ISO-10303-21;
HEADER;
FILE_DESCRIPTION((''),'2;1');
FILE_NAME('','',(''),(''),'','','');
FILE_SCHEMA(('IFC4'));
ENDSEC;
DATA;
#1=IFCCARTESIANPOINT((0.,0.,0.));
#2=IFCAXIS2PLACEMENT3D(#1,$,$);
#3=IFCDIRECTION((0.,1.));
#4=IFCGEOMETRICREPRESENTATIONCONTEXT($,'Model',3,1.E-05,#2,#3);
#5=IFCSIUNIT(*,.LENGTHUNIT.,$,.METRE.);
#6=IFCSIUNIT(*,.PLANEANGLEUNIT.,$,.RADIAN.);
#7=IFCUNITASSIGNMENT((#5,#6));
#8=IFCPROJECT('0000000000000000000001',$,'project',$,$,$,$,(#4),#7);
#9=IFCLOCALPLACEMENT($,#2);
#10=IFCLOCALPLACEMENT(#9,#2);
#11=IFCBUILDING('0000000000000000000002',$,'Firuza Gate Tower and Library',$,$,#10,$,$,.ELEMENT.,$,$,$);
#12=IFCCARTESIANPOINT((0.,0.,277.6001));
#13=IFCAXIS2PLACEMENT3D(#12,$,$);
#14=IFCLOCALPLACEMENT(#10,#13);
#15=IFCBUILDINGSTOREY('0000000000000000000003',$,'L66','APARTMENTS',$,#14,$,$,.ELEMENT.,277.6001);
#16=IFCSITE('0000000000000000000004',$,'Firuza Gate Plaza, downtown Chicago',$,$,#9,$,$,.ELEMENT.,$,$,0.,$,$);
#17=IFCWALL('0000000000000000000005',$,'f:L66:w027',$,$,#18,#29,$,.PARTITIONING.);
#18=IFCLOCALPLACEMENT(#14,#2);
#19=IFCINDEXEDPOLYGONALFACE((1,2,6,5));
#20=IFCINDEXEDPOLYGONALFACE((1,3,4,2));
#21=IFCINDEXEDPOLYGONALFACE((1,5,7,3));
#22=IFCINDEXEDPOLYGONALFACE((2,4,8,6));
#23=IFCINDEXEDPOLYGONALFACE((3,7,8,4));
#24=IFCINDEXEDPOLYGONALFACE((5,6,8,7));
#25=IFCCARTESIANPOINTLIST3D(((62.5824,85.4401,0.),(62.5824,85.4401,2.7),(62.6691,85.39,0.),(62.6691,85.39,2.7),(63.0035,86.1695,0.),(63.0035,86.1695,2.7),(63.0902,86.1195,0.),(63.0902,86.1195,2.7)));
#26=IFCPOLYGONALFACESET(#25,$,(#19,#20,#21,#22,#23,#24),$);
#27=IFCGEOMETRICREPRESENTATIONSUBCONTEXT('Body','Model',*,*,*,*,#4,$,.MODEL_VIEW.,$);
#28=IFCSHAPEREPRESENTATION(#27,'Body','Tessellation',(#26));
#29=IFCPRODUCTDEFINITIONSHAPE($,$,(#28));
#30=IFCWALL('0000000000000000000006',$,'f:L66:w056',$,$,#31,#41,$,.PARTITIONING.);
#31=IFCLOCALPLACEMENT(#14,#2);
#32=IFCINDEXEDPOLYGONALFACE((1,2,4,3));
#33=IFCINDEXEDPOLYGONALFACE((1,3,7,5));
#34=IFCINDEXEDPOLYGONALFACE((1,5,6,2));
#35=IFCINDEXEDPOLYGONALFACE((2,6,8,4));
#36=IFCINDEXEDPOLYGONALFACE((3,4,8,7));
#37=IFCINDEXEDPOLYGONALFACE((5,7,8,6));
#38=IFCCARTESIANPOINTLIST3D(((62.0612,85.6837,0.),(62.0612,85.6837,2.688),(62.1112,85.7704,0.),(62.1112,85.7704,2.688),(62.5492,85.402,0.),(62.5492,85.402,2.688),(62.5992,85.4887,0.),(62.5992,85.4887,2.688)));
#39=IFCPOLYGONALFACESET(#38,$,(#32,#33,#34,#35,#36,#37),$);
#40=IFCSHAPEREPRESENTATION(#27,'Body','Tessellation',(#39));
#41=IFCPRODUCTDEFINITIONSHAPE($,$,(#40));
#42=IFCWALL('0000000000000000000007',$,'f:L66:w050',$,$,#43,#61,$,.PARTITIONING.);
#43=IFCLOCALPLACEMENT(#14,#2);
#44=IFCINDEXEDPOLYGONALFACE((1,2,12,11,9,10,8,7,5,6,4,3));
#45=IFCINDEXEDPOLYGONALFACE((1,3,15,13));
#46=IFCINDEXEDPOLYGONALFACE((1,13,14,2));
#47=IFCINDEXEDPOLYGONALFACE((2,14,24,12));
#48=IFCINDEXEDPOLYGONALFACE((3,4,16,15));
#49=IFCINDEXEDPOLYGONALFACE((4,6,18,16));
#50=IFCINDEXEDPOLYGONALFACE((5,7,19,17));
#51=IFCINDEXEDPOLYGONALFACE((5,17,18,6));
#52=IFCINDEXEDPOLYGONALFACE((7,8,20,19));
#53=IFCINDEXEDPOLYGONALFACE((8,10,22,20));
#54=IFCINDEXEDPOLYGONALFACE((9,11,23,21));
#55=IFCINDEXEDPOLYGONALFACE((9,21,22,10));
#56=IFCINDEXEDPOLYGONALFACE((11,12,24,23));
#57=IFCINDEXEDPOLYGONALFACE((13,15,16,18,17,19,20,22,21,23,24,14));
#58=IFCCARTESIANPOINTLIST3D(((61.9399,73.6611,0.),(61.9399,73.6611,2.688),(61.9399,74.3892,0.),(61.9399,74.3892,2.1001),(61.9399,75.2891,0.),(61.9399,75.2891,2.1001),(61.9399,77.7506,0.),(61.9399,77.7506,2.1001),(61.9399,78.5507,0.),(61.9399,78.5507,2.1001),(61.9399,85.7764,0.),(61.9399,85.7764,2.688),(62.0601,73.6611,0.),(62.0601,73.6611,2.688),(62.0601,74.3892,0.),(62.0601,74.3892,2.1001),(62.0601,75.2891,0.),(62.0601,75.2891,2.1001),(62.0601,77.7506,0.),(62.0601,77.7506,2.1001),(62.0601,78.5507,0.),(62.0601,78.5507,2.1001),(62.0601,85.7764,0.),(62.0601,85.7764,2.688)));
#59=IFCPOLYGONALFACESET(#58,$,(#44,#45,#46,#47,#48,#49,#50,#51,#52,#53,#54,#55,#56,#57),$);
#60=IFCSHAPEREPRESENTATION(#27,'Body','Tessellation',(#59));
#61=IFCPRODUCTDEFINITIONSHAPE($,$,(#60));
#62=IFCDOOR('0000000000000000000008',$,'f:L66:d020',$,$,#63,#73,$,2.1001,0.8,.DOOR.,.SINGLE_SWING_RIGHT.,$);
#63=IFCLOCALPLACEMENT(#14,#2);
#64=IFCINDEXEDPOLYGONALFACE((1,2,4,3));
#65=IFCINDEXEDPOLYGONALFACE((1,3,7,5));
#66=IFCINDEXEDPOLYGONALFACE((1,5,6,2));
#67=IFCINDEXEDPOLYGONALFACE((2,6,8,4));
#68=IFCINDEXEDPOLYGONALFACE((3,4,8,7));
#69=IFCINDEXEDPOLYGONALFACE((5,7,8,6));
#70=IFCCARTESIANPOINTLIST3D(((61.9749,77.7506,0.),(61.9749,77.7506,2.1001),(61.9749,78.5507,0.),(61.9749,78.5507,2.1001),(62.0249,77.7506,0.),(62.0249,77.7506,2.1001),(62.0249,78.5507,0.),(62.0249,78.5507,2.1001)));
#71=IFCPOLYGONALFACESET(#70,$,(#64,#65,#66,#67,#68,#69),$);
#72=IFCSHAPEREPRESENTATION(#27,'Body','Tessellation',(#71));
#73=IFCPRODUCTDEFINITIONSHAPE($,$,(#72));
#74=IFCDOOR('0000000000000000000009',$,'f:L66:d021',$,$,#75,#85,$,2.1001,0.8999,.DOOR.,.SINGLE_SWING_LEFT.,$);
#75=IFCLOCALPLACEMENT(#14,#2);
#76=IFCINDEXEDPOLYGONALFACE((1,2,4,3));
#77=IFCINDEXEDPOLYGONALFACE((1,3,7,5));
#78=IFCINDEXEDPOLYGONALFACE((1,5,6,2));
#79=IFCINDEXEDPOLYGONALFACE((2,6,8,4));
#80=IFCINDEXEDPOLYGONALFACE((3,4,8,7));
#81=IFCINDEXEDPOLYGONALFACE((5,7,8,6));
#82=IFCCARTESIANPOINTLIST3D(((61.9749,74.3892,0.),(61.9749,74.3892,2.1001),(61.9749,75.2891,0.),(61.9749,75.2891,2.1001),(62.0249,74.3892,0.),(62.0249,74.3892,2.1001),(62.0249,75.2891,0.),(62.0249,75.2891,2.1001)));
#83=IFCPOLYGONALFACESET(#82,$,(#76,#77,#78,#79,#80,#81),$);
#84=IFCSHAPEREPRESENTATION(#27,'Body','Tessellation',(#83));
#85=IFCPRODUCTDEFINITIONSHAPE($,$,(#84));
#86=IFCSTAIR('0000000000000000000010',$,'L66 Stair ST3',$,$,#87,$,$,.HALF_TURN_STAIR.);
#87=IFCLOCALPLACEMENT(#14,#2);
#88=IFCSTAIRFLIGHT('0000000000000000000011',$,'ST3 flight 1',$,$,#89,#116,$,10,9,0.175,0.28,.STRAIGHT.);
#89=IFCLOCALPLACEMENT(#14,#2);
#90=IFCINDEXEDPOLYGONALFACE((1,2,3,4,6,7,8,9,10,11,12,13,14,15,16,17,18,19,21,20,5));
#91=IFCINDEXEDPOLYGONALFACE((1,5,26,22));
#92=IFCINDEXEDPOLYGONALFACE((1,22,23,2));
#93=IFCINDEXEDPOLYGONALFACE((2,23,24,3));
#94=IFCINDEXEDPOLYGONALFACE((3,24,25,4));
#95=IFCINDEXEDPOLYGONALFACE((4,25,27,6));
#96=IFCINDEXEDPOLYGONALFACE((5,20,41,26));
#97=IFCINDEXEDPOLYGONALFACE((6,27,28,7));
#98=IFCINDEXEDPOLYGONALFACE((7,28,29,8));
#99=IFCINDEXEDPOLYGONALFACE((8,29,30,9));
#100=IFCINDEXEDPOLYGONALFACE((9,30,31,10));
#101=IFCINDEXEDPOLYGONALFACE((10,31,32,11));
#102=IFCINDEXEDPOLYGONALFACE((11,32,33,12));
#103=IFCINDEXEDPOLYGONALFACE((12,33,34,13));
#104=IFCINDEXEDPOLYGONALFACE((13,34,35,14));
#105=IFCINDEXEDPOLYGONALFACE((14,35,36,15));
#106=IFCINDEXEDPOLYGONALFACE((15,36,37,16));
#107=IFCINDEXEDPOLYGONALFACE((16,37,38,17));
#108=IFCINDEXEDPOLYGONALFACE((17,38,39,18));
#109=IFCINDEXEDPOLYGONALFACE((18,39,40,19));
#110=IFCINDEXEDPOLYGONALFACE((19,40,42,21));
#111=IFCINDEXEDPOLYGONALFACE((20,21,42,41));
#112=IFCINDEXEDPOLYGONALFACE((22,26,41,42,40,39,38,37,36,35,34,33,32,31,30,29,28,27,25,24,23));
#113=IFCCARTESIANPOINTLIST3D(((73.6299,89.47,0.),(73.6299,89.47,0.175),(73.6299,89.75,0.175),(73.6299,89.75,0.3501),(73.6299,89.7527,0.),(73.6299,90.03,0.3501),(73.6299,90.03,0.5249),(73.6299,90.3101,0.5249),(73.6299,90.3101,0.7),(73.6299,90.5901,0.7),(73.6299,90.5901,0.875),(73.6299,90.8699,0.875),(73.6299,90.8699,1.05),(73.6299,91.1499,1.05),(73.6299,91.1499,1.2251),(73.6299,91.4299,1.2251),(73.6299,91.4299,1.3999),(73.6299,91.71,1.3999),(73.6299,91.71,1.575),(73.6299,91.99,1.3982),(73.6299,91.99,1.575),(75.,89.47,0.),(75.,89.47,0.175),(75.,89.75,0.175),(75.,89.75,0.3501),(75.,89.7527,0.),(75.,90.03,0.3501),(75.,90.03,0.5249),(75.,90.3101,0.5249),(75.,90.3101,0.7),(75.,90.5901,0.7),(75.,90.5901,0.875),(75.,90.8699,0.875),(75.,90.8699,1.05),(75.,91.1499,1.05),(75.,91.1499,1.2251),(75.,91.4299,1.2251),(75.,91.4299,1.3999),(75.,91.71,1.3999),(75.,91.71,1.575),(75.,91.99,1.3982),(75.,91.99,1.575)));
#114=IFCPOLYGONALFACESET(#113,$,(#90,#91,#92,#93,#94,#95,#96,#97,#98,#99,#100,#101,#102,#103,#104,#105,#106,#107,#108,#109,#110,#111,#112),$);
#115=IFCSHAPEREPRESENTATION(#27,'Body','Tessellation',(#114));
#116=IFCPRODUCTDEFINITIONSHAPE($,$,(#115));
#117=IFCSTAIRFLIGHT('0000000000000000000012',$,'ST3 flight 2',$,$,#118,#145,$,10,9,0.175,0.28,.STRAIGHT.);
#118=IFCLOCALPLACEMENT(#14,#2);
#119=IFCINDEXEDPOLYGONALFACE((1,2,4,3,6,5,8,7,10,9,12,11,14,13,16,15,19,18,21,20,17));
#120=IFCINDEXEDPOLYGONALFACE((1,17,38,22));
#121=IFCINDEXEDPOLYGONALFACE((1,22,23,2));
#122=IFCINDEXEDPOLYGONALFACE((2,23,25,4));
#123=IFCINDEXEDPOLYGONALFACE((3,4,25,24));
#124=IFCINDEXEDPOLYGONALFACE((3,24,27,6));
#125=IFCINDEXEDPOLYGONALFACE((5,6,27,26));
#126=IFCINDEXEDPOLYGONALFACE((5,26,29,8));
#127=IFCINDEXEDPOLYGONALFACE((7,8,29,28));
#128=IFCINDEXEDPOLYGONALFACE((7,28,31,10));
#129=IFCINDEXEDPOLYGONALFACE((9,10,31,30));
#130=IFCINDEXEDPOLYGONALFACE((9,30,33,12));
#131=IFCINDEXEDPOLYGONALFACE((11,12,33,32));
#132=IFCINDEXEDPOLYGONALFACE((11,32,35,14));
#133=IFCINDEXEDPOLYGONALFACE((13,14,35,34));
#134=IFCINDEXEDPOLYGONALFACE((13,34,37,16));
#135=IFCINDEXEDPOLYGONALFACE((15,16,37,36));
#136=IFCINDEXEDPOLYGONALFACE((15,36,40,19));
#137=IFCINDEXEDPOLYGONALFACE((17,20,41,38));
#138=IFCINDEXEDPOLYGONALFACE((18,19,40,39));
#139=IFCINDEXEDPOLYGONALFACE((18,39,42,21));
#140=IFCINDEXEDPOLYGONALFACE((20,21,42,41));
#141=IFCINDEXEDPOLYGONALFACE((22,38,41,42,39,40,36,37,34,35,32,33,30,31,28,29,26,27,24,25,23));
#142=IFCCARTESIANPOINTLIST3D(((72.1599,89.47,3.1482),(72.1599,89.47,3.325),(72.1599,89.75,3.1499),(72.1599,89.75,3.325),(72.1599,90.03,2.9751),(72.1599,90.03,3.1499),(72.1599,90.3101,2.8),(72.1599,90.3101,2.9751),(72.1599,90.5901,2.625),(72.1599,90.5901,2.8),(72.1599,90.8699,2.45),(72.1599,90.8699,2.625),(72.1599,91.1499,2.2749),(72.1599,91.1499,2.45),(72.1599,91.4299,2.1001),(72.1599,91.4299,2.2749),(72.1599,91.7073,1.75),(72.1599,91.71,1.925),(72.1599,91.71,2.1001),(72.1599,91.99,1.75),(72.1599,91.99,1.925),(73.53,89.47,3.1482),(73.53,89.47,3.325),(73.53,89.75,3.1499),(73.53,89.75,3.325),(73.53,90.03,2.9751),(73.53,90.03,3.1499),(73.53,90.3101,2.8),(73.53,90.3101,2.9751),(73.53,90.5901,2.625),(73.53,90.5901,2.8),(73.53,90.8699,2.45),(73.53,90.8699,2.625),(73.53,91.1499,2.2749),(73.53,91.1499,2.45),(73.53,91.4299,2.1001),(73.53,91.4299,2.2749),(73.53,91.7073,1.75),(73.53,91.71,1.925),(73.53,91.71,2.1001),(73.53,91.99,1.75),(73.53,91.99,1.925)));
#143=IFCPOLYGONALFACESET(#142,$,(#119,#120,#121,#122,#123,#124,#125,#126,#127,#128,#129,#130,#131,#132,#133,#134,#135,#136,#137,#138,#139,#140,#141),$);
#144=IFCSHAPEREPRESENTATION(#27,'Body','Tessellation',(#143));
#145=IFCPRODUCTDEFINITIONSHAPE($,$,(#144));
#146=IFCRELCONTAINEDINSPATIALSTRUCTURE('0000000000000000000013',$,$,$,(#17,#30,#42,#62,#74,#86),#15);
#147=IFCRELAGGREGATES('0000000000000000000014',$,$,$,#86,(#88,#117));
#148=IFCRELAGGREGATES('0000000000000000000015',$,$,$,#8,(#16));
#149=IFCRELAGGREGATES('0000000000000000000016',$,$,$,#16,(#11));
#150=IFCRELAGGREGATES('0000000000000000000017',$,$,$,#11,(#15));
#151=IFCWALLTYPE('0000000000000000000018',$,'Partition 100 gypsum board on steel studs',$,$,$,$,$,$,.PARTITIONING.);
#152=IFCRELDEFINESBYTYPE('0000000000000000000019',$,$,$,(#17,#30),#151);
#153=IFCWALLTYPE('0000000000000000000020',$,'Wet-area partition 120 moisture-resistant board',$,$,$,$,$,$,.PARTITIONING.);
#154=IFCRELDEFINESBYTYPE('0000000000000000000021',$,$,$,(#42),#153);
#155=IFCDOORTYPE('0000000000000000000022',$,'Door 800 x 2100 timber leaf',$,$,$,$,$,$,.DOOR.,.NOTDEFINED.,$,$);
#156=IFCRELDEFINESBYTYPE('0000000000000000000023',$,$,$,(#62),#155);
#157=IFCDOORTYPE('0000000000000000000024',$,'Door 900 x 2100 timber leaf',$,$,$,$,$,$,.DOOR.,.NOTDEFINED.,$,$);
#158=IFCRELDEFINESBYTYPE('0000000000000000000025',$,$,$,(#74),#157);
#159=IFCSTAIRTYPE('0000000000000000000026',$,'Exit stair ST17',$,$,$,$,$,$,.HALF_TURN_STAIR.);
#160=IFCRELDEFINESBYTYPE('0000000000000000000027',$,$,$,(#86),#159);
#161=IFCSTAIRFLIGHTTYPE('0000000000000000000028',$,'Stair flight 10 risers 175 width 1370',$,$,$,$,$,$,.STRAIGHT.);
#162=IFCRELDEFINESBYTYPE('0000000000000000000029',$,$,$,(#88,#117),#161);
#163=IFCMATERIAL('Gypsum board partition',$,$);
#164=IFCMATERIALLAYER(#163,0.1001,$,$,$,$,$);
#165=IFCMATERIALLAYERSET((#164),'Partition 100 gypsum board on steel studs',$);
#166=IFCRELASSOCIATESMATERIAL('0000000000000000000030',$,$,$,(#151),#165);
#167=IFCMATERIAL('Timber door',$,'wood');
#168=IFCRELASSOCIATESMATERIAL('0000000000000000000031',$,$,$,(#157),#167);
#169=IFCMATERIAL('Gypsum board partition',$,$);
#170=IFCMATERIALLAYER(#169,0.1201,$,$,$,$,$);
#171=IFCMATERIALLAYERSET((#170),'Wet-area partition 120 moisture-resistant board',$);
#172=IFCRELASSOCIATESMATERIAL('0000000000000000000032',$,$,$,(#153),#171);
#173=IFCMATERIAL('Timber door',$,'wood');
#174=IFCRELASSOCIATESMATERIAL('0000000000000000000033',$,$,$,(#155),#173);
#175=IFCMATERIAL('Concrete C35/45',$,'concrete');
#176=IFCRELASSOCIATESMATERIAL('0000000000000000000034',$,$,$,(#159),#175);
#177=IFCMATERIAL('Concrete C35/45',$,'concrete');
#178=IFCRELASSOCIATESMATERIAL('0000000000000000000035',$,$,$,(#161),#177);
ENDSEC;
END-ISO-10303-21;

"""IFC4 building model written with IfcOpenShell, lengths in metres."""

from ifc_helpers import new_model, si_unit, direction, frame, frame_2d, origin, place, context, subcontext, project, spatial, polyline, rectangle, outline, extrude, material, layer, layer_set, type_object, element, fill, aggregate, save


model = new_model("IFC4")

# Units and contexts
model_context = context("Model", 3, precision=1e-05, world=origin(), true_north=direction((0.0, 1.0)))
body_context = subcontext(model_context, "Body", "Model", "MODEL_VIEW")
ifc_project = project(units=[si_unit("LENGTHUNIT", "METRE"), si_unit("PLANEANGLEUNIT", "RADIAN")], contexts=[model_context])

# Site, building, storey
site_placement = place(None, origin())
site = spatial("IfcSite", under=ifc_project, at=site_placement, Name="Firuza Gate Plaza, downtown Chicago", CompositionType="ELEMENT", RefElevation=0.0)
building_placement = place(site_placement, origin())
building = spatial("IfcBuilding", under=site, at=building_placement, Name="Firuza Gate Tower and Library", CompositionType="ELEMENT")
storey_placement = place(building_placement, frame((0.0, 0.0, 277.6001)))
storey = spatial("IfcBuildingStorey", under=building, at=storey_placement, Name="L66", Description="APARTMENTS", CompositionType="ELEMENT", Elevation=277.6001)

# Shared definitions
placement = place(storey_placement, origin())

# Shared definitions
ifc_material_1 = material(Name="Gypsum board partition")
ifc_layer_1 = layer(ifc_material_1, 0.1001)
ifc_layer_set_1 = layer_set([ifc_layer_1], Name="Partition 100 gypsum board on steel studs")
wall_type_1 = type_object("IfcWallType", Name="Partition 100 gypsum board on steel studs", PredefinedType="PARTITIONING", material=ifc_layer_set_1)
ifc_material_2 = material(Name="Timber door", Category="wood")
door_type_1 = type_object("IfcDoorType", Name="Door 900 x 2100 timber leaf", OperationType="NOTDEFINED", PredefinedType="DOOR", material=ifc_material_2)

# Walls
wall_1_placement = place(storey_placement, frame((62.6257, 85.415, 0.0), z_axis=(0.0, 0.0, 1.0), x_axis=(0.499973, 0.866041, 0.0)))
element("IfcWall", 1, at=wall_1_placement, inside=storey, type_object=wall_type_1, Name="f:L66:w027", PredefinedType="PARTITIONING", context=body_context, shape_type="SweptSolid", body=[
    extrude(rectangle(XDim=0.8423, YDim=0.1001, at=frame_2d((0.4211, 0.0))), origin(), (0.0, 0.0, 1.0), 2.7),
])
wall_2_placement = place(storey_placement, frame((62.5742, 85.4453, 0.0), z_axis=(0.0, 0.0, 1.0), x_axis=(-0.866049, 0.49996, 0.0)))
element("IfcWall", 2, at=wall_2_placement, inside=storey, type_object=wall_type_1, Name="f:L66:w056", PredefinedType="PARTITIONING", context=body_context, shape_type="SweptSolid", body=[
    extrude(rectangle(XDim=0.5635, YDim=0.1001, at=frame_2d((0.2817, 0.0))), origin(), (0.0, 0.0, 1.0), 2.688),
])

# Wall, openings, doors
ifc_material_3 = material(Name="Gypsum board partition")
ifc_layer_2 = layer(ifc_material_3, 0.1201)
ifc_layer_set_2 = layer_set([ifc_layer_2], Name="Wet-area partition 120 moisture-resistant board")
wall_type_2 = type_object("IfcWallType", Name="Wet-area partition 120 moisture-resistant board", PredefinedType="PARTITIONING", material=ifc_layer_set_2)
wall_3_placement = place(storey_placement, frame((62.0, 85.7764, 0.0), z_axis=(0.0, 0.0, 1.0), x_axis=(0.0, -1.0, 0.0)))
wall_3 = element("IfcWall", 3, at=wall_3_placement, inside=storey, type_object=wall_type_2, Name="f:L66:w050", PredefinedType="PARTITIONING", context=body_context, shape_type="SweptSolid", body=[
    extrude(rectangle(XDim=12.1152, YDim=0.1201, at=frame_2d((6.0576, 0.0))), origin(), (0.0, 0.0, 1.0), 2.688),
])
opening_1_placement = place(wall_3_placement, frame((7.2258, 0.0, 0.0)))
opening_1 = element("IfcOpeningElement", 4, at=opening_1_placement, cuts=wall_3, PredefinedType="OPENING", context=body_context, shape_type="SweptSolid", body=[
    extrude(rectangle(XDim=0.8, YDim=2.1001, at=frame_2d((0.3999, 1.05))), frame((0.0, 0.0701, 0.0), z_axis=(0.0, -1.0, 0.0), x_axis=(1.0, 0.0, 0.0)), (0.0, 0.0, 1.0), 0.1401),
])
opening_2_placement = place(wall_3_placement, frame((10.4873, 0.0, 0.0)))
opening_2 = element("IfcOpeningElement", 5, at=opening_2_placement, cuts=wall_3, PredefinedType="OPENING", context=body_context, shape_type="SweptSolid", body=[
    extrude(rectangle(XDim=0.8999, YDim=2.1001, at=frame_2d((0.45, 1.05))), frame((0.0, 0.0701, 0.0), z_axis=(0.0, -1.0, 0.0), x_axis=(1.0, 0.0, 0.0)), (0.0, 0.0, 1.0), 0.1401),
])
ifc_material_4 = material(Name="Timber door", Category="wood")
door_type_2 = type_object("IfcDoorType", Name="Door 800 x 2100 timber leaf", OperationType="NOTDEFINED", PredefinedType="DOOR", material=ifc_material_4)
door_1_placement = place(opening_1_placement, origin())
door_1 = element("IfcDoor", 6, at=door_1_placement, inside=storey, type_object=door_type_2, Name="f:L66:d020", OperationType="SINGLE_SWING_RIGHT", OverallHeight=2.1001, OverallWidth=0.8, PredefinedType="DOOR", context=body_context, shape_type="SweptSolid", body=[
    extrude(rectangle(XDim=0.8, YDim=2.1001, at=frame_2d((0.3999, 1.05))), frame((0.0, 0.0249, 0.0), z_axis=(0.0, -1.0, 0.0), x_axis=(1.0, 0.0, 0.0)), (0.0, 0.0, 1.0), 0.05),
])
fill(opening_1, door_1)
door_2_placement = place(opening_2_placement, origin())
door_2 = element("IfcDoor", 7, at=door_2_placement, inside=storey, type_object=door_type_1, Name="f:L66:d021", OperationType="SINGLE_SWING_LEFT", OverallHeight=2.1001, OverallWidth=0.8999, PredefinedType="DOOR", context=body_context, shape_type="SweptSolid", body=[
    extrude(rectangle(XDim=0.8999, YDim=2.1001, at=frame_2d((0.45, 1.05))), frame((0.0, 0.0249, 0.0), z_axis=(0.0, -1.0, 0.0), x_axis=(1.0, 0.0, 0.0)), (0.0, 0.0, 1.0), 0.05),
])
fill(opening_2, door_2)

# Stair, stair flights
ifc_material_5 = material(Name="Concrete C35/45", Category="concrete")
stair_type = type_object("IfcStairType", Name="Exit stair ST17", PredefinedType="HALF_TURN_STAIR", material=ifc_material_5)
stair = element("IfcStair", 8, at=placement, inside=storey, type_object=stair_type, Name="L66 Stair ST3", PredefinedType="HALF_TURN_STAIR")
ifc_material_6 = material(Name="Concrete C35/45", Category="concrete")
stair_flight_type = type_object("IfcStairFlightType", Name="Stair flight 10 risers 175 width 1370", PredefinedType="STRAIGHT", material=ifc_material_6)
stair_flight_1_placement = place(storey_placement, frame((74.3149, 89.47, 0.0), z_axis=(0.0, 0.0, 1.0), x_axis=(0.0, 1.0, 0.0)))
stair_flight_1 = element("IfcStairFlight", 9, at=stair_flight_1_placement, type_object=stair_flight_type, Name="ST3 flight 1", NumberOfRisers=10, NumberOfTreads=9, PredefinedType="STRAIGHT", RiserHeight=0.175, TreadLength=0.28, context=body_context, shape_type="SweptSolid", body=[
    extrude(outline(polyline([(0.0, 0.0), (0.0, 0.175), (0.28, 0.175), (0.28, 0.3501), (0.5601, 0.3501), (0.5601, 0.5249), (0.8401, 0.5249), (0.8401, 0.7), (1.1201, 0.7), (1.1201, 0.875), (1.3999, 0.875), (1.3999, 1.05), (1.6799, 1.05), (1.6799, 1.2251), (1.96, 1.2251), (1.96, 1.3999), (2.24, 1.3999), (2.24, 1.575), (2.52, 1.575), (2.52, 1.75), (2.52, 1.3982), (0.2827, 0.0), (0.0, 0.0)])), frame((0.0, 0.6851, 0.0), z_axis=(0.0, -1.0, 0.0), x_axis=(1.0, 0.0, 0.0)), (0.0, 0.0, 1.0), 1.3701),
])
stair_flight_2_placement = place(storey_placement, frame((72.845, 91.99, 1.75), z_axis=(0.0, 0.0, 1.0), x_axis=(0.0, -1.0, 0.0)))
stair_flight_2 = element("IfcStairFlight", 10, at=stair_flight_2_placement, type_object=stair_flight_type, Name="ST3 flight 2", NumberOfRisers=10, NumberOfTreads=9, PredefinedType="STRAIGHT", RiserHeight=0.175, TreadLength=0.28, context=body_context, shape_type="SweptSolid", body=[
    extrude(outline(polyline([(0.0, 0.0), (0.0, 0.175), (0.28, 0.175), (0.28, 0.3501), (0.5601, 0.3501), (0.5601, 0.5249), (0.8401, 0.5249), (0.8401, 0.7), (1.1201, 0.7), (1.1201, 0.875), (1.3999, 0.875), (1.3999, 1.05), (1.6799, 1.05), (1.6799, 1.2251), (1.96, 1.2251), (1.96, 1.3999), (2.24, 1.3999), (2.24, 1.575), (2.52, 1.575), (2.52, 1.75), (2.52, 1.3982), (0.2827, 0.0), (0.0, 0.0)])), frame((0.0, 0.6851, 0.0), z_axis=(0.0, -1.0, 0.0), x_axis=(1.0, 0.0, 0.0)), (0.0, 0.0, 1.0), 1.3701),
])
aggregate(stair, [stair_flight_1, stair_flight_2])

save(model, "model.ifc")
